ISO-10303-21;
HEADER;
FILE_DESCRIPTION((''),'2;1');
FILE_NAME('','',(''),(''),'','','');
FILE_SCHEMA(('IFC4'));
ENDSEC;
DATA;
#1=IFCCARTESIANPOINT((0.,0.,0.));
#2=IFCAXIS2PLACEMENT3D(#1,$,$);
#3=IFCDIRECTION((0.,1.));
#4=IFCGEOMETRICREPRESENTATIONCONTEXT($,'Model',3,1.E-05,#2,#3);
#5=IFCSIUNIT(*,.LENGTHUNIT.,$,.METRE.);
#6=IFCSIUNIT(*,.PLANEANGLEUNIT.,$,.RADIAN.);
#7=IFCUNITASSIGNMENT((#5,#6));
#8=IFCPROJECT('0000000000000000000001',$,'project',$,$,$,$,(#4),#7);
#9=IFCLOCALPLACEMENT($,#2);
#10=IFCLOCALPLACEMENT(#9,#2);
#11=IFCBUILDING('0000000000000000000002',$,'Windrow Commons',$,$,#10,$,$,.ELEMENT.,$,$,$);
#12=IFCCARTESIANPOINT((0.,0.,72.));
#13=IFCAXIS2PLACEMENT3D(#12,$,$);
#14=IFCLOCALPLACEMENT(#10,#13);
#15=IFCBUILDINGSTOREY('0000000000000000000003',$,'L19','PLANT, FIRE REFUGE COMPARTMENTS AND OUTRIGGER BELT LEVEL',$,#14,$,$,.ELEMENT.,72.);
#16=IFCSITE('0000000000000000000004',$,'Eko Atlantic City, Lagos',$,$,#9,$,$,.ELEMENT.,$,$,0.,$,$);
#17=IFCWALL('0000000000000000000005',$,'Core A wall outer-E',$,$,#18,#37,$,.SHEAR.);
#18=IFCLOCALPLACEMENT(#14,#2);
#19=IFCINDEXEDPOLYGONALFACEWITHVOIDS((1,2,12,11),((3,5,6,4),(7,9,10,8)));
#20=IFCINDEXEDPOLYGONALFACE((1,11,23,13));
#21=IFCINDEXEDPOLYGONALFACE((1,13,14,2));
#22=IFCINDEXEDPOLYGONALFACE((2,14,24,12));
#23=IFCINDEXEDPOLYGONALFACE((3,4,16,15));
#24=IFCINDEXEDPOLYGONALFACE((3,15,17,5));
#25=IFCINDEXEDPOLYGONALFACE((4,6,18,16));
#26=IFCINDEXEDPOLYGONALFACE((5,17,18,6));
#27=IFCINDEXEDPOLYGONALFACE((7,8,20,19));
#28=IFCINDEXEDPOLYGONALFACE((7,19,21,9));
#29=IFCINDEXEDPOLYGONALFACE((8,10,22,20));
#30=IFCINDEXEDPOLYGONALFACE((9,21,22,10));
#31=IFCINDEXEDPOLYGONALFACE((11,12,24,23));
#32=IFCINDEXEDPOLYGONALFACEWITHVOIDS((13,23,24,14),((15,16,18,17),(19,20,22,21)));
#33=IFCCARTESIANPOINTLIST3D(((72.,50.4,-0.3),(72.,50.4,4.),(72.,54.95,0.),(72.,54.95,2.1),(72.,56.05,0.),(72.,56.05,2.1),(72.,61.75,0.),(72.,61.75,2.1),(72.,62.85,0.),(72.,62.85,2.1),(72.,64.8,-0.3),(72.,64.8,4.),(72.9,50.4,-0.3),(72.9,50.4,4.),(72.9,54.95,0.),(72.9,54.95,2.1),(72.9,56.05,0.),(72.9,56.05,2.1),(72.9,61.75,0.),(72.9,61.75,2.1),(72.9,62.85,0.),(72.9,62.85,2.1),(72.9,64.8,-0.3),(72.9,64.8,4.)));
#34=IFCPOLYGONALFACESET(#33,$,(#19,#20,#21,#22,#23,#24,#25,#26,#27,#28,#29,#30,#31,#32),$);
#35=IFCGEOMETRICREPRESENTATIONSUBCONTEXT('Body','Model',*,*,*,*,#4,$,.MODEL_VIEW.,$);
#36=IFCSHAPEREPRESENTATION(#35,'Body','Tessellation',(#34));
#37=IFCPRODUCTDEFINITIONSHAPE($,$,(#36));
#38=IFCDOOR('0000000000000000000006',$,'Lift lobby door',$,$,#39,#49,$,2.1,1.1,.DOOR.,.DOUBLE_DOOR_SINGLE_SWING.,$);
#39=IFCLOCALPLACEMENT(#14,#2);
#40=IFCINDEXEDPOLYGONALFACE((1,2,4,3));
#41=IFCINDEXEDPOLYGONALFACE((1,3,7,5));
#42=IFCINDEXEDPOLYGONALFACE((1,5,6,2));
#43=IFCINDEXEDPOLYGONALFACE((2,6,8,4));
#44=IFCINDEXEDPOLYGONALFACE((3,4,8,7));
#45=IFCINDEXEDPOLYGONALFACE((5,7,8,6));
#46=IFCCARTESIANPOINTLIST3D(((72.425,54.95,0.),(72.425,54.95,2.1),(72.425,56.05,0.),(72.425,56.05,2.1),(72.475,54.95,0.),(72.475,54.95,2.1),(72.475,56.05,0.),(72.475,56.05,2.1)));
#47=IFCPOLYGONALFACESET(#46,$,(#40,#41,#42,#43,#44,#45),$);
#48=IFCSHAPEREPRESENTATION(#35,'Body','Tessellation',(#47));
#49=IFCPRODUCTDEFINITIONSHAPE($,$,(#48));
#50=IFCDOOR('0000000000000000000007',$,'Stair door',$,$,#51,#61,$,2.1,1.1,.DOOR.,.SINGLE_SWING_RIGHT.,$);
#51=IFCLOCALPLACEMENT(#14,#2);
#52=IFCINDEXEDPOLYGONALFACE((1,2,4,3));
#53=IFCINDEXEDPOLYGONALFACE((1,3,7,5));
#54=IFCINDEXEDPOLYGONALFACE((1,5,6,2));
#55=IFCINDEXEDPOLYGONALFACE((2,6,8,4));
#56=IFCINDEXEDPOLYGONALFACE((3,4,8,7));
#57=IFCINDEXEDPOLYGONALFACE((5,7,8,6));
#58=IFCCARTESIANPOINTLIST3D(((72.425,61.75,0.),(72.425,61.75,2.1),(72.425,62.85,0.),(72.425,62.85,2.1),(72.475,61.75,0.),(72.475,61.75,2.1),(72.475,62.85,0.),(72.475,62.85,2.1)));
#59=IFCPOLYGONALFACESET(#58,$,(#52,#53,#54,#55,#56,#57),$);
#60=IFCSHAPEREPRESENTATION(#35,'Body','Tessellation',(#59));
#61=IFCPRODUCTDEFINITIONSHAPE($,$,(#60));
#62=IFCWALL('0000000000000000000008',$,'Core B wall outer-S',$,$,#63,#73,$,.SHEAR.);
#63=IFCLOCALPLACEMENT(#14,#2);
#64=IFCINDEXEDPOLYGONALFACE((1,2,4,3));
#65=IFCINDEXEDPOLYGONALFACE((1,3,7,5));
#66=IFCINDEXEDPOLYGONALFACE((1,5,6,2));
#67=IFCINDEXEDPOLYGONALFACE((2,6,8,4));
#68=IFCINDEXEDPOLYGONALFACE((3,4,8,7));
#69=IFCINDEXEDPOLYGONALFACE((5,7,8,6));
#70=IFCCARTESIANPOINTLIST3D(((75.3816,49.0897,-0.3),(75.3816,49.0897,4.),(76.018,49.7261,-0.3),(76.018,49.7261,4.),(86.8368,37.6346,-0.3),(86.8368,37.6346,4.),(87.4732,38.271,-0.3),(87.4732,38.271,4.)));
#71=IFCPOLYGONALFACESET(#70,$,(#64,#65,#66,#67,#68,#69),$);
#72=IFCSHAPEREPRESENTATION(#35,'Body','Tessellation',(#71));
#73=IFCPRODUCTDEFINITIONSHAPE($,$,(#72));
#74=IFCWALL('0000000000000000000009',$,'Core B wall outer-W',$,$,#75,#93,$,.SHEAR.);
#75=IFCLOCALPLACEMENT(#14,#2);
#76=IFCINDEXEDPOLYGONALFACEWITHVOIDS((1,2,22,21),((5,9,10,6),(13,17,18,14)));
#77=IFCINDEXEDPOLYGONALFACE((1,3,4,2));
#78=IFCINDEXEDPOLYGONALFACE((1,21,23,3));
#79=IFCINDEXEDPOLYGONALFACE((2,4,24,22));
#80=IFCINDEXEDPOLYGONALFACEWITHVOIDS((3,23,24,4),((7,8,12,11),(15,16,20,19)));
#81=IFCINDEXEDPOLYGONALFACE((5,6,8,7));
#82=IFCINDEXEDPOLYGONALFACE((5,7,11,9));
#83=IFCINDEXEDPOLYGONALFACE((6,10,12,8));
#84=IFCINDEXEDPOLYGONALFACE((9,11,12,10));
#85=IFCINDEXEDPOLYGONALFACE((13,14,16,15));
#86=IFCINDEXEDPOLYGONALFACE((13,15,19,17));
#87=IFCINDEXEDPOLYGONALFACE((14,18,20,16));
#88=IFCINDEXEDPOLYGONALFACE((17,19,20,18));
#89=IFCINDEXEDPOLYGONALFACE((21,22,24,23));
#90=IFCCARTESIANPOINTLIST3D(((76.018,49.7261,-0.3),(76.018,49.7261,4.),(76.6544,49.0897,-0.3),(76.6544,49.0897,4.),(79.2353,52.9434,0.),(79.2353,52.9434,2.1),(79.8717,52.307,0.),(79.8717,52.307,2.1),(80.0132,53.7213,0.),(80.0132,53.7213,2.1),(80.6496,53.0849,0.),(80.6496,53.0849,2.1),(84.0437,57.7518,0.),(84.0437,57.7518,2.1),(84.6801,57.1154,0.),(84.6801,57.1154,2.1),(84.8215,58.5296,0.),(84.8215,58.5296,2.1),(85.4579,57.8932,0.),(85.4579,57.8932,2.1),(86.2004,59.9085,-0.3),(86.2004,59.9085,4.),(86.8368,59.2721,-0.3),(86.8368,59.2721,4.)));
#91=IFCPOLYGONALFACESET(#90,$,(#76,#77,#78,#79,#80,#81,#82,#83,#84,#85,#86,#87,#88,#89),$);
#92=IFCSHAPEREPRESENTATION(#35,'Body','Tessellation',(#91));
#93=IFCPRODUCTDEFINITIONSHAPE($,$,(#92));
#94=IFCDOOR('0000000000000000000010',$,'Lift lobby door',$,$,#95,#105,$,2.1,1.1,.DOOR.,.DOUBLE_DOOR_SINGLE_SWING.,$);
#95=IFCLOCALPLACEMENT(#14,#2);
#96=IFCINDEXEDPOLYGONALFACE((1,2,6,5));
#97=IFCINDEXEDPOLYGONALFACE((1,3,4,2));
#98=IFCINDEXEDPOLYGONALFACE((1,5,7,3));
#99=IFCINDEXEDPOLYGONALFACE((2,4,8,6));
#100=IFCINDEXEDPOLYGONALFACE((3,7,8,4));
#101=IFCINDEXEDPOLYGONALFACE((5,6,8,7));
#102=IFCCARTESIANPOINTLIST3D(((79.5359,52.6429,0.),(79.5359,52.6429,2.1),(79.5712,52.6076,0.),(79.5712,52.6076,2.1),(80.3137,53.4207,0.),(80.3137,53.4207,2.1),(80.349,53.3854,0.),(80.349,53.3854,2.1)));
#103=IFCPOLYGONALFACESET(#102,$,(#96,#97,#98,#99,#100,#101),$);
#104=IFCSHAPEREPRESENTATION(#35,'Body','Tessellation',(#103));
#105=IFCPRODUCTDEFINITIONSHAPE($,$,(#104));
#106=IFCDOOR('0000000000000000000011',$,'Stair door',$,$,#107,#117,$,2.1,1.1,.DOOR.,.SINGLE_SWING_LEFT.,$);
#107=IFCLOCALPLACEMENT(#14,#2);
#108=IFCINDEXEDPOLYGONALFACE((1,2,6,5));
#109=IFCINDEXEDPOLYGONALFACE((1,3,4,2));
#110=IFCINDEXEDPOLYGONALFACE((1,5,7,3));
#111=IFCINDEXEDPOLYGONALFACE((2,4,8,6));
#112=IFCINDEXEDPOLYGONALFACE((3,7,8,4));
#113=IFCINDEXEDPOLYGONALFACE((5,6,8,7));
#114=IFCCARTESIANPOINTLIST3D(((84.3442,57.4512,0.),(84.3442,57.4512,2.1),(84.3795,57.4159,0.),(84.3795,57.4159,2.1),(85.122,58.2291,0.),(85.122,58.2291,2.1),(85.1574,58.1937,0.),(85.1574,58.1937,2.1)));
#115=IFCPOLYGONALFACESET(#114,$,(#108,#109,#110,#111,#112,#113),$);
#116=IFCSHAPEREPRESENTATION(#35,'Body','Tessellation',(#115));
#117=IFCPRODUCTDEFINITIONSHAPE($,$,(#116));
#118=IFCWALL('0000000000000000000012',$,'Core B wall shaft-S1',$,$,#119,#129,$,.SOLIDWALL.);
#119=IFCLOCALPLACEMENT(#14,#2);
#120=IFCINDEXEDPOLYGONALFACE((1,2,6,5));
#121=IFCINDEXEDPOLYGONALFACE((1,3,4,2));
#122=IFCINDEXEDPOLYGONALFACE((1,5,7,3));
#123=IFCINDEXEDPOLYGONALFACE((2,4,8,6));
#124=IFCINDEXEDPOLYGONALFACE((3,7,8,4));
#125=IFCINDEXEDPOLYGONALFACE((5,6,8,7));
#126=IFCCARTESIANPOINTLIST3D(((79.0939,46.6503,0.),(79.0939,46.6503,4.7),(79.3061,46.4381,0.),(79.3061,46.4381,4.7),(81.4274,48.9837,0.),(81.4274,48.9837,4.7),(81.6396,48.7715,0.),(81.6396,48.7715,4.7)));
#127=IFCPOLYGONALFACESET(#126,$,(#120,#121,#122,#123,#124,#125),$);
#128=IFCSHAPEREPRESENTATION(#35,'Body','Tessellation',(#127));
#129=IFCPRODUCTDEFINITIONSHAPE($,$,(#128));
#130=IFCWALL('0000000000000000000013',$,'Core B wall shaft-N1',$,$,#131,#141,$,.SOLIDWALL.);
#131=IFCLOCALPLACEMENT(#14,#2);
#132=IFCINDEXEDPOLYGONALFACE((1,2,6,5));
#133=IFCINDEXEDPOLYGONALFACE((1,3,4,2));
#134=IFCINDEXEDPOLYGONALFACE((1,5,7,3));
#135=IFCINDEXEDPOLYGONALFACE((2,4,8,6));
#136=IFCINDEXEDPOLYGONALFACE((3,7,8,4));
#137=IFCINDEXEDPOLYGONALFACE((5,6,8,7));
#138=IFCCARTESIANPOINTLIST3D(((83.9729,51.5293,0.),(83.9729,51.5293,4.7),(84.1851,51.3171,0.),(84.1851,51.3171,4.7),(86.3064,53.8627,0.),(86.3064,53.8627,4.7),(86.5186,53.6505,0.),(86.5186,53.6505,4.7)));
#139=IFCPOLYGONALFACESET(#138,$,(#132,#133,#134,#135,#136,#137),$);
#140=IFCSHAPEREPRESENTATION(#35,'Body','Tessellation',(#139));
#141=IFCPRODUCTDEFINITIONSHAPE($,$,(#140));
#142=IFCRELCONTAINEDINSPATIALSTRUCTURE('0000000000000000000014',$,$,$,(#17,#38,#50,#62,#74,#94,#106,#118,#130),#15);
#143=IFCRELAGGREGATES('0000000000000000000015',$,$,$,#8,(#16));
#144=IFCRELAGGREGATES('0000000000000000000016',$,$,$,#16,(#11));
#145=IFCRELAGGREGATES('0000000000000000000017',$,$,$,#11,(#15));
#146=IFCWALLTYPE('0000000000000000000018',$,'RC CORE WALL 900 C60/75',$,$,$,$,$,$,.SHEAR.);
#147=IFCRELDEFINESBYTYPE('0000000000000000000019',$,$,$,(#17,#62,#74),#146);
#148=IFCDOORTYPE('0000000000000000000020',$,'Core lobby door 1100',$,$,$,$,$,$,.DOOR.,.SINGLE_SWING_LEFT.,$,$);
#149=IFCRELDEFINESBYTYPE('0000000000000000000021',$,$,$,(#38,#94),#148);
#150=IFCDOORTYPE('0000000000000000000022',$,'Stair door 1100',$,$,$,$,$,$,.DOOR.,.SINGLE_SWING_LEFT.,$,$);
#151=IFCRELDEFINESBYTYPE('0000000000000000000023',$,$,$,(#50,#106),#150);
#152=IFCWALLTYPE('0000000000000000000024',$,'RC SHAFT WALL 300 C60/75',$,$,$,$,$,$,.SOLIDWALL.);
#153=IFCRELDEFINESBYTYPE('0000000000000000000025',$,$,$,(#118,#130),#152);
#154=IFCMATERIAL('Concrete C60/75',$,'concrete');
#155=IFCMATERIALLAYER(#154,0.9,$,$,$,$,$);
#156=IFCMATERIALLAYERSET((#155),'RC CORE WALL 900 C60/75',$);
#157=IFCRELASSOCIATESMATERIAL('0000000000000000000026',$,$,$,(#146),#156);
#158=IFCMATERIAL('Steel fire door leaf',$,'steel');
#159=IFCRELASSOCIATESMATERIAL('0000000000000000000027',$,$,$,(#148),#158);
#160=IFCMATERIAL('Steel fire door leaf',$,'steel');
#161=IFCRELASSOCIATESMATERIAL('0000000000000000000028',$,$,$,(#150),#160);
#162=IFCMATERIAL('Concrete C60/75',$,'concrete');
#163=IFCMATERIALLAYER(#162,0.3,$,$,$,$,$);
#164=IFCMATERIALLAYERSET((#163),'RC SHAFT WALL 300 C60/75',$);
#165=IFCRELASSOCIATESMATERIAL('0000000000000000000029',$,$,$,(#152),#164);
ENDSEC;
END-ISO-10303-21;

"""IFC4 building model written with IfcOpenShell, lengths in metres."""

from ifc_helpers import new_model, si_unit, direction, frame, frame_2d, origin, place, context, subcontext, project, spatial, rectangle, extrude, material, layer, layer_set, type_object, element, fill, save


model = new_model("IFC4")

# Units and contexts
model_context = context("Model", 3, precision=1e-05, world=origin(), true_north=direction((0.0, 1.0)))
body_context = subcontext(model_context, "Body", "Model", "MODEL_VIEW")
ifc_project = project(units=[si_unit("LENGTHUNIT", "METRE"), si_unit("PLANEANGLEUNIT", "RADIAN")], contexts=[model_context])

# Site, building, storey
site_placement = place(None, origin())
site = spatial("IfcSite", under=ifc_project, at=site_placement, Name="Eko Atlantic City, Lagos", CompositionType="ELEMENT", RefElevation=0.0)
building_placement = place(site_placement, origin())
building = spatial("IfcBuilding", under=site, at=building_placement, Name="Windrow Commons", CompositionType="ELEMENT")
storey_placement = place(building_placement, frame((0.0, 0.0, 72.0)))
storey = spatial("IfcBuildingStorey", under=building, at=storey_placement, Name="L19", Description="PLANT, FIRE REFUGE COMPARTMENTS AND OUTRIGGER BELT LEVEL", CompositionType="ELEMENT", Elevation=72.0)

# Wall, openings, doors
ifc_material_1 = material(Name="Concrete C60/75", Category="concrete")
ifc_layer_1 = layer(ifc_material_1, 0.9)
ifc_layer_set_1 = layer_set([ifc_layer_1], Name="RC CORE WALL 900 C60/75")
wall_type_1 = type_object("IfcWallType", Name="RC CORE WALL 900 C60/75", PredefinedType="SHEAR", material=ifc_layer_set_1)
wall_1_placement = place(storey_placement, frame((72.45, 50.4, -0.3), z_axis=(0.0, 0.0, 1.0), x_axis=(0.0, 1.0, 0.0)))
wall_1 = element("IfcWall", 1, at=wall_1_placement, inside=storey, type_object=wall_type_1, Name="Core A wall outer-E", PredefinedType="SHEAR", context=body_context, shape_type="SweptSolid", body=[
    extrude(rectangle(XDim=14.4, YDim=0.9, at=frame_2d((7.2, 0.0))), origin(), (0.0, 0.0, 1.0), 4.3),
])
opening_1_placement = place(wall_1_placement, frame((4.55, 0.0, 0.3)))
opening_1 = element("IfcOpeningElement", 2, at=opening_1_placement, cuts=wall_1, PredefinedType="OPENING", context=body_context, shape_type="SweptSolid", body=[
    extrude(rectangle(XDim=1.1, YDim=2.1, at=frame_2d((0.55, 1.05))), frame((0.0, 0.46, 0.0), z_axis=(0.0, -1.0, 0.0), x_axis=(1.0, 0.0, 0.0)), (0.0, 0.0, 1.0), 0.92),
])
opening_2_placement = place(wall_1_placement, frame((11.35, 0.0, 0.3)))
opening_2 = element("IfcOpeningElement", 3, at=opening_2_placement, cuts=wall_1, PredefinedType="OPENING", context=body_context, shape_type="SweptSolid", body=[
    extrude(rectangle(XDim=1.1, YDim=2.1, at=frame_2d((0.55, 1.05))), frame((0.0, 0.46, 0.0), z_axis=(0.0, -1.0, 0.0), x_axis=(1.0, 0.0, 0.0)), (0.0, 0.0, 1.0), 0.92),
])
ifc_material_2 = material(Name="Steel fire door leaf", Category="steel")
door_type_1 = type_object("IfcDoorType", Name="Core lobby door 1100", OperationType="SINGLE_SWING_LEFT", PredefinedType="DOOR", material=ifc_material_2)
door_1_placement = place(opening_1_placement, origin())
door_1 = element("IfcDoor", 4, at=door_1_placement, inside=storey, type_object=door_type_1, Name="Lift lobby door", OperationType="DOUBLE_DOOR_SINGLE_SWING", OverallHeight=2.1, OverallWidth=1.1, PredefinedType="DOOR", context=body_context, shape_type="SweptSolid", body=[
    extrude(rectangle(XDim=1.1, YDim=2.1, at=frame_2d((0.55, 1.05))), frame((0.0, 0.025, 0.0), z_axis=(0.0, -1.0, 0.0), x_axis=(1.0, 0.0, 0.0)), (0.0, 0.0, 1.0), 0.05),
])
fill(opening_1, door_1)
ifc_material_3 = material(Name="Steel fire door leaf", Category="steel")
door_type_2 = type_object("IfcDoorType", Name="Stair door 1100", OperationType="SINGLE_SWING_LEFT", PredefinedType="DOOR", material=ifc_material_3)
door_2_placement = place(opening_2_placement, origin())
door_2 = element("IfcDoor", 5, at=door_2_placement, inside=storey, type_object=door_type_2, Name="Stair door", OperationType="SINGLE_SWING_RIGHT", OverallHeight=2.1, OverallWidth=1.1, PredefinedType="DOOR", context=body_context, shape_type="SweptSolid", body=[
    extrude(rectangle(XDim=1.1, YDim=2.1, at=frame_2d((0.55, 1.05))), frame((0.0, 0.025, 0.0), z_axis=(0.0, -1.0, 0.0), x_axis=(1.0, 0.0, 0.0)), (0.0, 0.0, 1.0), 0.05),
])
fill(opening_2, door_2)

# Wall
wall_2_placement = place(storey_placement, frame((75.6998, 49.4079, -0.3), z_axis=(0.0, 0.0, 1.0), x_axis=(0.70711, -0.707104, 0.0)))
element("IfcWall", 6, at=wall_2_placement, inside=storey, type_object=wall_type_1, Name="Core B wall outer-S", PredefinedType="SHEAR", context=body_context, shape_type="SweptSolid", body=[
    extrude(rectangle(XDim=16.2, YDim=0.9, at=frame_2d((8.1, 0.0))), origin(), (0.0, 0.0, 1.0), 4.3),
])

# Wall, openings, doors
wall_3_placement = place(storey_placement, frame((76.3362, 49.4079, -0.3), z_axis=(0.0, 0.0, 1.0), x_axis=(0.707107, 0.707107, 0.0)))
wall_3 = element("IfcWall", 7, at=wall_3_placement, inside=storey, type_object=wall_type_1, Name="Core B wall outer-W", PredefinedType="SHEAR", context=body_context, shape_type="SweptSolid", body=[
    extrude(rectangle(XDim=14.4001, YDim=0.9, at=frame_2d((7.2001, 0.0))), origin(), (0.0, 0.0, 1.0), 4.3),
])
opening_3_placement = place(wall_3_placement, frame((4.55, 0.0, 0.3)))
opening_3 = element("IfcOpeningElement", 8, at=opening_3_placement, cuts=wall_3, PredefinedType="OPENING", context=body_context, shape_type="SweptSolid", body=[
    extrude(rectangle(XDim=1.1, YDim=2.1, at=frame_2d((0.55, 1.05))), frame((0.0, 0.46, 0.0), z_axis=(0.0, -1.0, 0.0), x_axis=(1.0, 0.0, 0.0)), (0.0, 0.0, 1.0), 0.92),
])
opening_4_placement = place(wall_3_placement, frame((11.35, 0.0, 0.3)))
opening_4 = element("IfcOpeningElement", 9, at=opening_4_placement, cuts=wall_3, PredefinedType="OPENING", context=body_context, shape_type="SweptSolid", body=[
    extrude(rectangle(XDim=1.1, YDim=2.1, at=frame_2d((0.55, 1.05))), frame((0.0, 0.46, 0.0), z_axis=(0.0, -1.0, 0.0), x_axis=(1.0, 0.0, 0.0)), (0.0, 0.0, 1.0), 0.92),
])
door_3_placement = place(opening_3_placement, origin())
door_3 = element("IfcDoor", 10, at=door_3_placement, inside=storey, type_object=door_type_1, Name="Lift lobby door", OperationType="DOUBLE_DOOR_SINGLE_SWING", OverallHeight=2.1, OverallWidth=1.1, PredefinedType="DOOR", context=body_context, shape_type="SweptSolid", body=[
    extrude(rectangle(XDim=1.1, YDim=2.1, at=frame_2d((0.55, 1.05))), frame((0.0, 0.025, 0.0), z_axis=(0.0, -1.0, 0.0), x_axis=(1.0, 0.0, 0.0)), (0.0, 0.0, 1.0), 0.05),
])
fill(opening_3, door_3)
door_4_placement = place(opening_4_placement, origin())
door_4 = element("IfcDoor", 11, at=door_4_placement, inside=storey, type_object=door_type_2, Name="Stair door", OperationType="SINGLE_SWING_LEFT", OverallHeight=2.1, OverallWidth=1.1, PredefinedType="DOOR", context=body_context, shape_type="SweptSolid", body=[
    extrude(rectangle(XDim=1.1, YDim=2.1, at=frame_2d((0.55, 1.05))), frame((0.0, 0.025, 0.0), z_axis=(0.0, -1.0, 0.0), x_axis=(1.0, 0.0, 0.0)), (0.0, 0.0, 1.0), 0.05),
])
fill(opening_4, door_4)

# Walls
ifc_material_4 = material(Name="Concrete C60/75", Category="concrete")
ifc_layer_2 = layer(ifc_material_4, 0.3)
ifc_layer_set_2 = layer_set([ifc_layer_2], Name="RC SHAFT WALL 300 C60/75")
wall_type_2 = type_object("IfcWallType", Name="RC SHAFT WALL 300 C60/75", PredefinedType="SOLIDWALL", material=ifc_layer_set_2)
for number, where, z_axis, x_axis, name in (
    (12, (79.2, 46.5442, 0.0), (0.0, 0.0, 1.0), (0.707122, 0.707092, 0.0), "Core B wall shaft-S1"),
    (13, (84.079, 51.4232, 0.0), (0.0, 0.0, 1.0), (0.707122, 0.707092, 0.0), "Core B wall shaft-N1"),
):
    element("IfcWall", number, at=place(storey_placement, frame(where, z_axis=z_axis, x_axis=x_axis)), inside=storey, type_object=wall_type_2, Name=name, PredefinedType="SOLIDWALL", context=body_context, shape_type="SweptSolid", body=[
        extrude(rectangle(XDim=3.3, YDim=0.3, at=frame_2d((1.65, 0.0))), origin(), (0.0, 0.0, 1.0), 4.7),
    ])

save(model, "model.ifc")
